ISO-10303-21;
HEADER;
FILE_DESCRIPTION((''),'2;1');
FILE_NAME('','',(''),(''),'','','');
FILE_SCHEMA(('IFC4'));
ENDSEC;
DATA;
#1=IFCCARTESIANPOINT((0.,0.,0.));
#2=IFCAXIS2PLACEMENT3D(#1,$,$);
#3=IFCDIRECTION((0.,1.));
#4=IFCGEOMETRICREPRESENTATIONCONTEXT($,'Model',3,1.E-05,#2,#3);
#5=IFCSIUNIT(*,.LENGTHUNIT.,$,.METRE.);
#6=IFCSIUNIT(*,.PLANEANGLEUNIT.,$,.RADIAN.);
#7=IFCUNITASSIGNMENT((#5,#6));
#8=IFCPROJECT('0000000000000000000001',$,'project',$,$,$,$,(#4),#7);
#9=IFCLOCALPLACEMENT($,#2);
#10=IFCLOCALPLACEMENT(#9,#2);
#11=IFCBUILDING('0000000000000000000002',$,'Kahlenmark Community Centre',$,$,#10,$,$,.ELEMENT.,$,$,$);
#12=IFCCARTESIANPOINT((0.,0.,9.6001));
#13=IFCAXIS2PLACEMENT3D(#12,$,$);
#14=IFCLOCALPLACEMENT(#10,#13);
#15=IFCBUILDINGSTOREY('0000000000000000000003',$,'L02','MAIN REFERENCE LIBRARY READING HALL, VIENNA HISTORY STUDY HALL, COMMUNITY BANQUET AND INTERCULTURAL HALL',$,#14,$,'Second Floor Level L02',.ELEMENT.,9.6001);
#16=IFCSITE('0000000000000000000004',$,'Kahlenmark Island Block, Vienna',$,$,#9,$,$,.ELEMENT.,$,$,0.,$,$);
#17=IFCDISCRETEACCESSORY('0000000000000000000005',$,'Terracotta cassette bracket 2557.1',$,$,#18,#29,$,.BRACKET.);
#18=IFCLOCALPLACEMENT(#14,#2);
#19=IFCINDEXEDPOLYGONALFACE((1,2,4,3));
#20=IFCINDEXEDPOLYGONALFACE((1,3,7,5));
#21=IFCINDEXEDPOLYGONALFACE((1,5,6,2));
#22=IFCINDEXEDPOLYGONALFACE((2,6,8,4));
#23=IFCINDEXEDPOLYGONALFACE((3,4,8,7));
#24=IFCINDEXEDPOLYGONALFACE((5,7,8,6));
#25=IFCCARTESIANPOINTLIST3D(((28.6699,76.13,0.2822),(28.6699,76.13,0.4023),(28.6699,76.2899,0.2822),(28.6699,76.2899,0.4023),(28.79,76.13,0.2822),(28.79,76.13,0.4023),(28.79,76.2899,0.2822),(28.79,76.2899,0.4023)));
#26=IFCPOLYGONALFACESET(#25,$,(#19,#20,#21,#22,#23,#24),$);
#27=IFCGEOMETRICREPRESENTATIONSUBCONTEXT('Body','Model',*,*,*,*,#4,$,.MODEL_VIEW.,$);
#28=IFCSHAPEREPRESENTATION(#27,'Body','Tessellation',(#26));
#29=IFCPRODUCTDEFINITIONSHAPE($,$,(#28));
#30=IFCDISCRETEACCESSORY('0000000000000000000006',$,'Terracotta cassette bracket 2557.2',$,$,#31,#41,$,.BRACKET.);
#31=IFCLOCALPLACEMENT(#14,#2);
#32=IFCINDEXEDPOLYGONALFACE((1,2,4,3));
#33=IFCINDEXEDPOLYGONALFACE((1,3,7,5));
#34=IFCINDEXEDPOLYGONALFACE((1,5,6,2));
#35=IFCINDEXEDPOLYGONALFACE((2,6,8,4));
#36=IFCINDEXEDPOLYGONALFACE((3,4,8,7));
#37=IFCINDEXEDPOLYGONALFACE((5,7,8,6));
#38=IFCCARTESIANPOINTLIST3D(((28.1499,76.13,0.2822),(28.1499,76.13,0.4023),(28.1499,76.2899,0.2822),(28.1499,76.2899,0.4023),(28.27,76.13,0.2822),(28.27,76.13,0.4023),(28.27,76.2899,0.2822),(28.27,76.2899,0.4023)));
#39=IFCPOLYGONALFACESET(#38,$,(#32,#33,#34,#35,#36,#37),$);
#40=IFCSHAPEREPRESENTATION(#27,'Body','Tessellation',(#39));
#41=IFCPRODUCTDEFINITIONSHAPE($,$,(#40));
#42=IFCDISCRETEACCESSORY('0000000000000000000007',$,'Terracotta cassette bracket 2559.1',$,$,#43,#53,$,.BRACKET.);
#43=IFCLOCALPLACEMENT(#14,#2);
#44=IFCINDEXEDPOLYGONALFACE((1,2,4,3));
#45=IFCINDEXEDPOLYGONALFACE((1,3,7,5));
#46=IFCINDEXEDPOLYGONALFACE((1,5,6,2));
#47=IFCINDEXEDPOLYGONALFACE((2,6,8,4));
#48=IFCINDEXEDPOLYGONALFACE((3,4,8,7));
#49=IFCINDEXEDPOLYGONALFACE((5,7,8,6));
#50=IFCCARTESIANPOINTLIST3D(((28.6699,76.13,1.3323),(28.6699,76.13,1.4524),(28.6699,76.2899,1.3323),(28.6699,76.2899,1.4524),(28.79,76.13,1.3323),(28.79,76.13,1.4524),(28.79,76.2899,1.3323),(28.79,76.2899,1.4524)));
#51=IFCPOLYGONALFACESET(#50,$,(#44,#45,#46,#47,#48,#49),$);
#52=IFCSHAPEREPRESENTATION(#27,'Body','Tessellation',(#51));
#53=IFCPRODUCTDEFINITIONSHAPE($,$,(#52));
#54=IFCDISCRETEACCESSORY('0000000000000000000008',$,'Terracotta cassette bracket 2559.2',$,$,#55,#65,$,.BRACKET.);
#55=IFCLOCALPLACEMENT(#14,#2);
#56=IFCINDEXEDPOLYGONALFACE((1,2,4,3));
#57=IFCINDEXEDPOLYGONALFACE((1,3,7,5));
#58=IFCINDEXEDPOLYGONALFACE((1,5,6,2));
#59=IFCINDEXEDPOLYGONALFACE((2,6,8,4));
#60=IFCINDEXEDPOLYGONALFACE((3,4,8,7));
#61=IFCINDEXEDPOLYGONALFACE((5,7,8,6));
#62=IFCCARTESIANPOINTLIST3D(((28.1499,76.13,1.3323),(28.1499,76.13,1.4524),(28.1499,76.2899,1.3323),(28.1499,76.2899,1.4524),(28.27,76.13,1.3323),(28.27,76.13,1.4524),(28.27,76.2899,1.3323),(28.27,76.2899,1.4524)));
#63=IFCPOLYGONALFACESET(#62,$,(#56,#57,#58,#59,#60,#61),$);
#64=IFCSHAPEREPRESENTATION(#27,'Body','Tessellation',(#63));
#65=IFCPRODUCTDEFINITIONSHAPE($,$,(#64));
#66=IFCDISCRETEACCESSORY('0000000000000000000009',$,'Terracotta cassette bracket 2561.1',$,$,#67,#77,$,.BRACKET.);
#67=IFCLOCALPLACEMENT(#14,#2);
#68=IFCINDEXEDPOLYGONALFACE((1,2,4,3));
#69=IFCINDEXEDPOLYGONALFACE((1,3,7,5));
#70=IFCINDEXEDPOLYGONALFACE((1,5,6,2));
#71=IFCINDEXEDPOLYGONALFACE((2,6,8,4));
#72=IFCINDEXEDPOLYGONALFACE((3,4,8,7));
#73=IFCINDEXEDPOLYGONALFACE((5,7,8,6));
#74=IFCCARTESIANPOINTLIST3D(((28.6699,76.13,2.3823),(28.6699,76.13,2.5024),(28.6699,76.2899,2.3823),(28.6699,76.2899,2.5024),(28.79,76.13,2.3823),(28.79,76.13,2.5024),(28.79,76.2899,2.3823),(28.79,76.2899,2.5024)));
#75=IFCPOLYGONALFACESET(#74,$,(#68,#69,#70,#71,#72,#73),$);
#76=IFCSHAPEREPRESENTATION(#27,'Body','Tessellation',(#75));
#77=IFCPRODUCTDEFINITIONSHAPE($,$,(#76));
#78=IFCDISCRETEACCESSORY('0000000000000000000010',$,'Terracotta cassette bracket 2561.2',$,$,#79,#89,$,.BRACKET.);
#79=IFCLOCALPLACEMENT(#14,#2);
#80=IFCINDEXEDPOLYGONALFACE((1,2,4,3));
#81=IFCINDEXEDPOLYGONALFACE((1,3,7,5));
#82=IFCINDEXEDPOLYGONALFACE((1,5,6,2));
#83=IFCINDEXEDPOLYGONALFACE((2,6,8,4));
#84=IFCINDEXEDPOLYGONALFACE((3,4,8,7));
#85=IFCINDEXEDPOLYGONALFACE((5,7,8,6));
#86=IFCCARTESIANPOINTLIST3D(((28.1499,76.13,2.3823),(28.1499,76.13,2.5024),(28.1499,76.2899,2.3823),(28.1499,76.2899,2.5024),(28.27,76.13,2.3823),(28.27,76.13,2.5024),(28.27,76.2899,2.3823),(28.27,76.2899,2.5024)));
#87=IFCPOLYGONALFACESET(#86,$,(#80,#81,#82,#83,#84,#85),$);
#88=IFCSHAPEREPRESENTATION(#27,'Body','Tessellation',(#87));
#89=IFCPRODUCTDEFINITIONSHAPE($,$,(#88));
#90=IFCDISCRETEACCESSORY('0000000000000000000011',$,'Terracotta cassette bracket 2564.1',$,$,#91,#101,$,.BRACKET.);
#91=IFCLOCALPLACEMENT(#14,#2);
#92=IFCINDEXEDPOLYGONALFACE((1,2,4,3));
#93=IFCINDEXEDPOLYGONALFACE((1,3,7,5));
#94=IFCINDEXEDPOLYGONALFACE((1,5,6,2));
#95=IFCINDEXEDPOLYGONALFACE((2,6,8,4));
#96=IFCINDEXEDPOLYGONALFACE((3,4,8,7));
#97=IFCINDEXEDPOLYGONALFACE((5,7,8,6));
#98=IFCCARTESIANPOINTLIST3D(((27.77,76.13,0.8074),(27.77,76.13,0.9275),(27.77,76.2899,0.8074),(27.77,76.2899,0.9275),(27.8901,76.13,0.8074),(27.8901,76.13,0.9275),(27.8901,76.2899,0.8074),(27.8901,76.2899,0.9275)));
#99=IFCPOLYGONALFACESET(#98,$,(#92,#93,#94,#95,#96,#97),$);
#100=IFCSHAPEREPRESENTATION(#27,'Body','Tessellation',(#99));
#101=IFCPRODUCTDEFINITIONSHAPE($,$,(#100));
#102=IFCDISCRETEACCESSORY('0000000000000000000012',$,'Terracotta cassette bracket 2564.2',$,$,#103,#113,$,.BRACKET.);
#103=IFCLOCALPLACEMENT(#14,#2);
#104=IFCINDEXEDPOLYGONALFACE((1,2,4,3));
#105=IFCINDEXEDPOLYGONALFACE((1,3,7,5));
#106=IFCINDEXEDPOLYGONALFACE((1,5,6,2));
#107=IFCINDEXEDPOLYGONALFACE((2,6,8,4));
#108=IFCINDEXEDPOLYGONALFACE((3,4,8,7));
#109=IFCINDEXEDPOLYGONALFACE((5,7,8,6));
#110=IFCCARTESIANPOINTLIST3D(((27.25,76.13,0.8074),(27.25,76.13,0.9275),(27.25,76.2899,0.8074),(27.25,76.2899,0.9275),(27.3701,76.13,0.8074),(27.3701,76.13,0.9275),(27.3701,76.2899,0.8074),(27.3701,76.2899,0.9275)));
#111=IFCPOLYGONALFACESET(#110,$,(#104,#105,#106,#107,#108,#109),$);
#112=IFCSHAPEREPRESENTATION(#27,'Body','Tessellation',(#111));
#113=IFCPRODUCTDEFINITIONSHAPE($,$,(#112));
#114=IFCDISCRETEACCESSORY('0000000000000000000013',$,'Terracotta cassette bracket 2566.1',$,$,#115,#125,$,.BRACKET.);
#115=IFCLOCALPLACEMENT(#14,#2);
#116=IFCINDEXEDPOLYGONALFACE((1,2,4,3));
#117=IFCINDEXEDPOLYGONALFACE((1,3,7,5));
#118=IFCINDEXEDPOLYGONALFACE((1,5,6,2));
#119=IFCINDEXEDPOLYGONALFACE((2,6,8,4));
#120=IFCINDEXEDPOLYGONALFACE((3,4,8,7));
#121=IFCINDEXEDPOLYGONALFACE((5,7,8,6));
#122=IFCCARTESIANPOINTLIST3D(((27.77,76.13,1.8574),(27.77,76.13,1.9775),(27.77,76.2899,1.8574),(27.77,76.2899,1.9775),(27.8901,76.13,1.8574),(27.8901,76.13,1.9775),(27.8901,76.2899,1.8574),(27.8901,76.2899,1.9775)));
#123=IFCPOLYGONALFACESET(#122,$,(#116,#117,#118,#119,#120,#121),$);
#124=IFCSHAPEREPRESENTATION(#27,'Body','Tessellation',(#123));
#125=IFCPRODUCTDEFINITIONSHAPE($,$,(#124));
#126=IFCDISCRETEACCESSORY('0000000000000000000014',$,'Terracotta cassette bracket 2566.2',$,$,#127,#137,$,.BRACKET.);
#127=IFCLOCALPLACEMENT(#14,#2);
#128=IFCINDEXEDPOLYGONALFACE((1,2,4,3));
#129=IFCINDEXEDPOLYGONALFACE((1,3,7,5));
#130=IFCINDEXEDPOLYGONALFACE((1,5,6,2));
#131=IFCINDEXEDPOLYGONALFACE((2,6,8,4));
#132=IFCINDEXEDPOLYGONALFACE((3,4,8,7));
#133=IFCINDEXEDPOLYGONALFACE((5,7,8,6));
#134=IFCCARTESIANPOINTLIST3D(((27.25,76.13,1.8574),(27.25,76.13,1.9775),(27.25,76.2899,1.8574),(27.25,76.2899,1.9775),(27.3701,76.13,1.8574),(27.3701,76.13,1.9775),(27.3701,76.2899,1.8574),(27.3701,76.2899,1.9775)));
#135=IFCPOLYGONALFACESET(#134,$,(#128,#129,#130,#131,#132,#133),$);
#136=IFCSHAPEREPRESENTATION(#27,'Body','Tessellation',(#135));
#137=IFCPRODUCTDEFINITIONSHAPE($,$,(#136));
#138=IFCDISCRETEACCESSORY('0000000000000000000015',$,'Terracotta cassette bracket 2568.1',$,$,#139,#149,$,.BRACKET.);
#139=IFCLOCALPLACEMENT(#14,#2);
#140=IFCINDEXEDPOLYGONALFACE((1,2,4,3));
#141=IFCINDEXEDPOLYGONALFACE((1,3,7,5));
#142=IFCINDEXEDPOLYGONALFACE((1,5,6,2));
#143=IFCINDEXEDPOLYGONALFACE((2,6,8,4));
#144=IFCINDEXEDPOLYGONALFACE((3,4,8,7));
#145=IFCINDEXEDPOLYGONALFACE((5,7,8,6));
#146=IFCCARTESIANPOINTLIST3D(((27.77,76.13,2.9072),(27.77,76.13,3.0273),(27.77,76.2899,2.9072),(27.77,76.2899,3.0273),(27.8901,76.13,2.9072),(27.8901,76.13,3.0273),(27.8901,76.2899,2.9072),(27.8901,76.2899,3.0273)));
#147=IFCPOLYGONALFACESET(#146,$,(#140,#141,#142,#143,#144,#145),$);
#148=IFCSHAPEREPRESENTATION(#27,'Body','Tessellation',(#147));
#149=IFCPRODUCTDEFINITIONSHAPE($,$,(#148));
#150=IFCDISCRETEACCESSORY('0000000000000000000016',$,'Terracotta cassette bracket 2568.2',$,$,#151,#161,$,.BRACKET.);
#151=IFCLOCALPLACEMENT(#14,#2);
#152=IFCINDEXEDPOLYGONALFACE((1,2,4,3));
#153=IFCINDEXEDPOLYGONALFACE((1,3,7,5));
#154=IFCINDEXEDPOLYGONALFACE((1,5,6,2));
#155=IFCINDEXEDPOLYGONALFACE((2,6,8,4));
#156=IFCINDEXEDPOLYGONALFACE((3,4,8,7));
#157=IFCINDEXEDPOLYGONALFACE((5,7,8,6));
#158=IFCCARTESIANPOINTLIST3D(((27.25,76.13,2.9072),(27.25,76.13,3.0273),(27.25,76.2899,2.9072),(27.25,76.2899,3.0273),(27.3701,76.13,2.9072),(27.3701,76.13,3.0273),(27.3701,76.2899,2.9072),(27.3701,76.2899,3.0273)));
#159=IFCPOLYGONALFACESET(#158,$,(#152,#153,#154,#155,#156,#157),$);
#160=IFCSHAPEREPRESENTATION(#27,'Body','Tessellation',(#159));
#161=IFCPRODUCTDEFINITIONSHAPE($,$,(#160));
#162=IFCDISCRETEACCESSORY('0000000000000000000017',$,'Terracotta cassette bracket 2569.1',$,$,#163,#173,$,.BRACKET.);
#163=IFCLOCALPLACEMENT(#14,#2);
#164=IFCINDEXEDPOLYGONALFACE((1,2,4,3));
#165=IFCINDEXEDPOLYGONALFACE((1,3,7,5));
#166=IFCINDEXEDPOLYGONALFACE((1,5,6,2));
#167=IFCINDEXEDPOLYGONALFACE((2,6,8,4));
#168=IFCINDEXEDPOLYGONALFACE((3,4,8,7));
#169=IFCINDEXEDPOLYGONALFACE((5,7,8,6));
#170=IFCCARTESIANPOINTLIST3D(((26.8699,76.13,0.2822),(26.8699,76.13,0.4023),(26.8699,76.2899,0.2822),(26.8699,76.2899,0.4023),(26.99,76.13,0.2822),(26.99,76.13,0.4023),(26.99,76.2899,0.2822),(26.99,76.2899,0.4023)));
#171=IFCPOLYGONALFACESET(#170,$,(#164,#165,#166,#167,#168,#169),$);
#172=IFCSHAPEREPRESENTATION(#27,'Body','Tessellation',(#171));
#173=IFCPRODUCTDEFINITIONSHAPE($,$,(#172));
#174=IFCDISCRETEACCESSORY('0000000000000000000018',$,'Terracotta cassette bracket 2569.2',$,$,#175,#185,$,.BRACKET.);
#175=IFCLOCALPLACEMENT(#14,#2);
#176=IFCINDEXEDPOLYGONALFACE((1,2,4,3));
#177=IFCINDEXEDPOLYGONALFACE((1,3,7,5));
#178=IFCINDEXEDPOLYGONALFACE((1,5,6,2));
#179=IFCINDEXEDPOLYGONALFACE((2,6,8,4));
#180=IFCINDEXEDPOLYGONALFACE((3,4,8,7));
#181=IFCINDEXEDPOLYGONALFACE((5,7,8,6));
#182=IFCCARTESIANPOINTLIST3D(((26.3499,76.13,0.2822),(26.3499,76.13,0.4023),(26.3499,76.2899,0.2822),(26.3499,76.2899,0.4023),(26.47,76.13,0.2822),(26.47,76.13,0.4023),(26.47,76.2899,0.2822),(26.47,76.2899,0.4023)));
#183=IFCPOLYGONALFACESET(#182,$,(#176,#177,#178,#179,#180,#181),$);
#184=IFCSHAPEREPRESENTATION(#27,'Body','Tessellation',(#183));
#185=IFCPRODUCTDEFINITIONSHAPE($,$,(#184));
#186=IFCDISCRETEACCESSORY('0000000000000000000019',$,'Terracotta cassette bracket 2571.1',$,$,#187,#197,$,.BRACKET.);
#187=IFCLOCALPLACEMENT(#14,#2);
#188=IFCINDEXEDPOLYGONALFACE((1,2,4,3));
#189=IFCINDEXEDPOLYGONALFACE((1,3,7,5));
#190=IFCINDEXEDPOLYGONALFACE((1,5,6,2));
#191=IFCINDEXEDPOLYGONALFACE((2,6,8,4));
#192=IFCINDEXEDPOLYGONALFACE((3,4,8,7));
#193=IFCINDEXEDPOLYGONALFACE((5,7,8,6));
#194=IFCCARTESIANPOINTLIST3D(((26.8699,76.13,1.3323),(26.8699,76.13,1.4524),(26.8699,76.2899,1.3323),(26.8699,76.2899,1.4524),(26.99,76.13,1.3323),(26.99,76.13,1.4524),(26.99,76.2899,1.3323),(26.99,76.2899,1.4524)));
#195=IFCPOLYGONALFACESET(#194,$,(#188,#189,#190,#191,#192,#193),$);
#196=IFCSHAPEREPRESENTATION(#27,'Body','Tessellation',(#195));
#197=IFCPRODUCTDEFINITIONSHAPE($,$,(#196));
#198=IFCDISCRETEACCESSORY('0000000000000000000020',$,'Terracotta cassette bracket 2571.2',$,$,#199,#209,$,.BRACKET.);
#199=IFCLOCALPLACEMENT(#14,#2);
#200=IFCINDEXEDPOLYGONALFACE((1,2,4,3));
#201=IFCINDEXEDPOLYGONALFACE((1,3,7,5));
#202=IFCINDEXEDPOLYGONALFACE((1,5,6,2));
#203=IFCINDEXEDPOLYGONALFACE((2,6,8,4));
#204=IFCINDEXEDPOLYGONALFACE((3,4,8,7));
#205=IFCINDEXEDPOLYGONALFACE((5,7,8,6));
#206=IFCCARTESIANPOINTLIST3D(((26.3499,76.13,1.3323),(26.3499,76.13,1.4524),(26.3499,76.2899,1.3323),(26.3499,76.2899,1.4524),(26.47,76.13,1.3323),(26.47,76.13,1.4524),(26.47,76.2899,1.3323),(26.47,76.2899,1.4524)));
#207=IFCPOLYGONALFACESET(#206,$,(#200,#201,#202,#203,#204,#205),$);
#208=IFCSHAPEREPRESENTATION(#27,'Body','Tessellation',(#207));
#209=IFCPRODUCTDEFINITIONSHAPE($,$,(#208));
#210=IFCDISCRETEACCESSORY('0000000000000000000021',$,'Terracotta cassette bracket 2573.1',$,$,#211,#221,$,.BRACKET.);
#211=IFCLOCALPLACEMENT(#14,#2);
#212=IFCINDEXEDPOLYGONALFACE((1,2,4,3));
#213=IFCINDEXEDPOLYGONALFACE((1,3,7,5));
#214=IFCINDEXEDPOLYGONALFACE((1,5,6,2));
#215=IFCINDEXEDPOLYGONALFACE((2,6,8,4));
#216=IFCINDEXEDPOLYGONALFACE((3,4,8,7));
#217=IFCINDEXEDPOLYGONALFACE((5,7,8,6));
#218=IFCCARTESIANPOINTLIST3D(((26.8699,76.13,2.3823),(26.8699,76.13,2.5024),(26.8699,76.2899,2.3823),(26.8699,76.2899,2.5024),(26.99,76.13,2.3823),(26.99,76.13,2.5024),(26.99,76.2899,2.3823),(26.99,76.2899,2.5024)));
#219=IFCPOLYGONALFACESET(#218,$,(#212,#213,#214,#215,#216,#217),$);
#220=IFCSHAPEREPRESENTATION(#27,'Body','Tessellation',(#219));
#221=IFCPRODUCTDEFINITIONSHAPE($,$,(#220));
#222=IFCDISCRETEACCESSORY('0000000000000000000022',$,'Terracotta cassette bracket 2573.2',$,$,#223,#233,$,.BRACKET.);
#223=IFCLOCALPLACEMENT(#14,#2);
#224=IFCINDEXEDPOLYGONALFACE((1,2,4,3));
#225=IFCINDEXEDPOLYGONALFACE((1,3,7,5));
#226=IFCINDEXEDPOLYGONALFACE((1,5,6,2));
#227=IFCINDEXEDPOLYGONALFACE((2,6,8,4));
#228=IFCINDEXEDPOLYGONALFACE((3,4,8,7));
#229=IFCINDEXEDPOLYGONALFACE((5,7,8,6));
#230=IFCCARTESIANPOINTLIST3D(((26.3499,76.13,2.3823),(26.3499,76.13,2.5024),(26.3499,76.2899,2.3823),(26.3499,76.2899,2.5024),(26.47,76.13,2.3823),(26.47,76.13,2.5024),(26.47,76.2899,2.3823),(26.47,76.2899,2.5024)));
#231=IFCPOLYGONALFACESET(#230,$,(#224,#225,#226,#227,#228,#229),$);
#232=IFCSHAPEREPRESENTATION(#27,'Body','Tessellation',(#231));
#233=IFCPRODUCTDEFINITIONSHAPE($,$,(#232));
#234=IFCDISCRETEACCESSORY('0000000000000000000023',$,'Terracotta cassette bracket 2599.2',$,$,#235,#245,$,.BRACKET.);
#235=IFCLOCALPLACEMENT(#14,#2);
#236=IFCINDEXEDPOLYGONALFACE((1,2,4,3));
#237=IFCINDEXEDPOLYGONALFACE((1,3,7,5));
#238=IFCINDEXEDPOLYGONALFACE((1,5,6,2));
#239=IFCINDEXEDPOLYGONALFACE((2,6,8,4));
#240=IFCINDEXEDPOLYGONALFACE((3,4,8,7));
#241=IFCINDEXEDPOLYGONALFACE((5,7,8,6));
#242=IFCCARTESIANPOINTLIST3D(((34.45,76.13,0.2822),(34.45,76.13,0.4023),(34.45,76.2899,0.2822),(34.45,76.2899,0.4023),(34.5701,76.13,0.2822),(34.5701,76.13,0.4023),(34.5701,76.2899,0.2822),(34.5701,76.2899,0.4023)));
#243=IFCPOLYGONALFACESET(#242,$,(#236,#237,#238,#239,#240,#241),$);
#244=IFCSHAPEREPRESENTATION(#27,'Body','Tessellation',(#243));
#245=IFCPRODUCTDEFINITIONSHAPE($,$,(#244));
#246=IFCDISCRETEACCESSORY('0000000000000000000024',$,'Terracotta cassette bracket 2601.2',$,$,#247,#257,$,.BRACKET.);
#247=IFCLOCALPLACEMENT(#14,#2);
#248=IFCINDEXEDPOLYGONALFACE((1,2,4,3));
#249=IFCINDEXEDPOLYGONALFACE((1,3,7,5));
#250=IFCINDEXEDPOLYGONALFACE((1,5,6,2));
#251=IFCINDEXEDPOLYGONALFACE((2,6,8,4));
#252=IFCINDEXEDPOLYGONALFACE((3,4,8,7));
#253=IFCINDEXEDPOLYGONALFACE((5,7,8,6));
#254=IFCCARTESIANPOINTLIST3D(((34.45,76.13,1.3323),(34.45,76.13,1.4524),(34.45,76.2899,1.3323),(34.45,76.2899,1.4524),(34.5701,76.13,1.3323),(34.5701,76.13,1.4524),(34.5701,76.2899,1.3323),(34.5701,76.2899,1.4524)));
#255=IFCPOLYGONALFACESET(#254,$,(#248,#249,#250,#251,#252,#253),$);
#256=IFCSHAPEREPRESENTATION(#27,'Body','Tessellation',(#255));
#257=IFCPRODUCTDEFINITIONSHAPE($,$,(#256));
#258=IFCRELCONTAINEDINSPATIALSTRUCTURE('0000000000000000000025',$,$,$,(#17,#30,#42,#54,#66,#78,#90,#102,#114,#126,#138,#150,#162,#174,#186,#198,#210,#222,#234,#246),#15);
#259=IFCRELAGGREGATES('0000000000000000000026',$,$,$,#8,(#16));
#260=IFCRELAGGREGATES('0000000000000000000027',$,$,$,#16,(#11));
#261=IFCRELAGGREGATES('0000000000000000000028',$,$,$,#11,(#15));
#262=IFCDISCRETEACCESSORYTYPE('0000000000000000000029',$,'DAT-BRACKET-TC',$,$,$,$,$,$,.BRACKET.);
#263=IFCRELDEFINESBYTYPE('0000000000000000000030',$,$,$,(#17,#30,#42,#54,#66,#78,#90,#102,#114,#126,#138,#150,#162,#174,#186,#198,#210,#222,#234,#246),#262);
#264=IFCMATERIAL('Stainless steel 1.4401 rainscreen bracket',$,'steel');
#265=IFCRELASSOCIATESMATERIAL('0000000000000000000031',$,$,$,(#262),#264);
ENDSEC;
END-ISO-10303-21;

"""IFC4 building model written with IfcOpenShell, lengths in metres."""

from ifc_helpers import new_model, si_unit, direction, frame, origin, origin_2d, place, context, subcontext, project, spatial, rectangle, extrude, material, type_object, element, save


model = new_model("IFC4")

# Units and contexts
model_context = context("Model", 3, precision=1e-05, world=origin(), true_north=direction((0.0, 1.0)))
body_context = subcontext(model_context, "Body", "Model", "MODEL_VIEW")
ifc_project = project(units=[si_unit("LENGTHUNIT", "METRE"), si_unit("PLANEANGLEUNIT", "RADIAN")], contexts=[model_context])

# Site, building, storey
site_placement = place(None, origin())
site = spatial("IfcSite", under=ifc_project, at=site_placement, Name="Kahlenmark Island Block, Vienna", CompositionType="ELEMENT", RefElevation=0.0)
building_placement = place(site_placement, origin())
building = spatial("IfcBuilding", under=site, at=building_placement, Name="Kahlenmark Community Centre", CompositionType="ELEMENT")
storey_placement = place(building_placement, frame((0.0, 0.0, 9.6001)))
storey = spatial("IfcBuildingStorey", under=building, at=storey_placement, Name="L02", Description="MAIN REFERENCE LIBRARY READING HALL, VIENNA HISTORY STUDY HALL, COMMUNITY BANQUET AND INTERCULTURAL HALL", LongName="Second Floor Level L02", CompositionType="ELEMENT", Elevation=9.6001)

# Discrete accessories
ifc_material = material(Name="Stainless steel 1.4401 rainscreen bracket", Category="steel")
discrete_accessory_type = type_object("IfcDiscreteAccessoryType", Name="DAT-BRACKET-TC", PredefinedType="BRACKET", material=ifc_material)
for number, where, z_axis, x_axis, name in (
    (1, (28.73, 76.21, 0.2822), (0.0, 0.0, 1.0), (-1.0, 0.0, 0.0), "Terracotta cassette bracket 2557.1"),
    (2, (28.21, 76.21, 0.2822), (0.0, 0.0, 1.0), (-1.0, 0.0, 0.0), "Terracotta cassette bracket 2557.2"),
    (3, (28.73, 76.21, 1.3323), (0.0, 0.0, 1.0), (-1.0, 0.0, 0.0), "Terracotta cassette bracket 2559.1"),
    (4, (28.21, 76.21, 1.3323), (0.0, 0.0, 1.0), (-1.0, 0.0, 0.0), "Terracotta cassette bracket 2559.2"),
    (5, (28.73, 76.21, 2.3823), (0.0, 0.0, 1.0), (-1.0, 0.0, 0.0), "Terracotta cassette bracket 2561.1"),
    (6, (28.21, 76.21, 2.3823), (0.0, 0.0, 1.0), (-1.0, 0.0, 0.0), "Terracotta cassette bracket 2561.2"),
    (7, (27.8301, 76.21, 0.8074), (0.0, 0.0, 1.0), (-1.0, 0.0, 0.0), "Terracotta cassette bracket 2564.1"),
    (8, (27.3101, 76.21, 0.8074), (0.0, 0.0, 1.0), (-1.0, 0.0, 0.0), "Terracotta cassette bracket 2564.2"),
    (9, (27.8301, 76.21, 1.8574), (0.0, 0.0, 1.0), (-1.0, 0.0, 0.0), "Terracotta cassette bracket 2566.1"),
    (10, (27.3101, 76.21, 1.8574), (0.0, 0.0, 1.0), (-1.0, 0.0, 0.0), "Terracotta cassette bracket 2566.2"),
    (11, (27.8301, 76.21, 2.9072), (0.0, 0.0, 1.0), (-1.0, 0.0, 0.0), "Terracotta cassette bracket 2568.1"),
    (12, (27.3101, 76.21, 2.9072), (0.0, 0.0, 1.0), (-1.0, 0.0, 0.0), "Terracotta cassette bracket 2568.2"),
    (13, (26.9299, 76.21, 0.2822), (0.0, 0.0, 1.0), (-1.0, 0.0, 0.0), "Terracotta cassette bracket 2569.1"),
    (14, (26.4099, 76.21, 0.2822), (0.0, 0.0, 1.0), (-1.0, 0.0, 0.0), "Terracotta cassette bracket 2569.2"),
    (15, (26.9299, 76.21, 1.3323), (0.0, 0.0, 1.0), (-1.0, 0.0, 0.0), "Terracotta cassette bracket 2571.1"),
    (16, (26.4099, 76.21, 1.3323), (0.0, 0.0, 1.0), (-1.0, 0.0, 0.0), "Terracotta cassette bracket 2571.2"),
    (17, (26.9299, 76.21, 2.3823), (0.0, 0.0, 1.0), (-1.0, 0.0, 0.0), "Terracotta cassette bracket 2573.1"),
    (18, (26.4099, 76.21, 2.3823), (0.0, 0.0, 1.0), (-1.0, 0.0, 0.0), "Terracotta cassette bracket 2573.2"),
    (19, (34.51, 76.21, 0.2822), (0.0, 0.0, 1.0), (-1.0, 0.0, 0.0), "Terracotta cassette bracket 2599.2"),
    (20, (34.51, 76.21, 1.3323), (0.0, 0.0, 1.0), (-1.0, 0.0, 0.0), "Terracotta cassette bracket 2601.2"),
):
    element("IfcDiscreteAccessory", number, at=place(storey_placement, frame(where, z_axis=z_axis, x_axis=x_axis)), inside=storey, type_object=discrete_accessory_type, Name=name, PredefinedType="BRACKET", context=body_context, shape_type="SweptSolid", body=[
        extrude(rectangle(XDim=0.1201, YDim=0.1599, at=origin_2d()), origin(), (0.0, 0.0, 1.0), 0.1201),
    ])

save(model, "model.ifc")
